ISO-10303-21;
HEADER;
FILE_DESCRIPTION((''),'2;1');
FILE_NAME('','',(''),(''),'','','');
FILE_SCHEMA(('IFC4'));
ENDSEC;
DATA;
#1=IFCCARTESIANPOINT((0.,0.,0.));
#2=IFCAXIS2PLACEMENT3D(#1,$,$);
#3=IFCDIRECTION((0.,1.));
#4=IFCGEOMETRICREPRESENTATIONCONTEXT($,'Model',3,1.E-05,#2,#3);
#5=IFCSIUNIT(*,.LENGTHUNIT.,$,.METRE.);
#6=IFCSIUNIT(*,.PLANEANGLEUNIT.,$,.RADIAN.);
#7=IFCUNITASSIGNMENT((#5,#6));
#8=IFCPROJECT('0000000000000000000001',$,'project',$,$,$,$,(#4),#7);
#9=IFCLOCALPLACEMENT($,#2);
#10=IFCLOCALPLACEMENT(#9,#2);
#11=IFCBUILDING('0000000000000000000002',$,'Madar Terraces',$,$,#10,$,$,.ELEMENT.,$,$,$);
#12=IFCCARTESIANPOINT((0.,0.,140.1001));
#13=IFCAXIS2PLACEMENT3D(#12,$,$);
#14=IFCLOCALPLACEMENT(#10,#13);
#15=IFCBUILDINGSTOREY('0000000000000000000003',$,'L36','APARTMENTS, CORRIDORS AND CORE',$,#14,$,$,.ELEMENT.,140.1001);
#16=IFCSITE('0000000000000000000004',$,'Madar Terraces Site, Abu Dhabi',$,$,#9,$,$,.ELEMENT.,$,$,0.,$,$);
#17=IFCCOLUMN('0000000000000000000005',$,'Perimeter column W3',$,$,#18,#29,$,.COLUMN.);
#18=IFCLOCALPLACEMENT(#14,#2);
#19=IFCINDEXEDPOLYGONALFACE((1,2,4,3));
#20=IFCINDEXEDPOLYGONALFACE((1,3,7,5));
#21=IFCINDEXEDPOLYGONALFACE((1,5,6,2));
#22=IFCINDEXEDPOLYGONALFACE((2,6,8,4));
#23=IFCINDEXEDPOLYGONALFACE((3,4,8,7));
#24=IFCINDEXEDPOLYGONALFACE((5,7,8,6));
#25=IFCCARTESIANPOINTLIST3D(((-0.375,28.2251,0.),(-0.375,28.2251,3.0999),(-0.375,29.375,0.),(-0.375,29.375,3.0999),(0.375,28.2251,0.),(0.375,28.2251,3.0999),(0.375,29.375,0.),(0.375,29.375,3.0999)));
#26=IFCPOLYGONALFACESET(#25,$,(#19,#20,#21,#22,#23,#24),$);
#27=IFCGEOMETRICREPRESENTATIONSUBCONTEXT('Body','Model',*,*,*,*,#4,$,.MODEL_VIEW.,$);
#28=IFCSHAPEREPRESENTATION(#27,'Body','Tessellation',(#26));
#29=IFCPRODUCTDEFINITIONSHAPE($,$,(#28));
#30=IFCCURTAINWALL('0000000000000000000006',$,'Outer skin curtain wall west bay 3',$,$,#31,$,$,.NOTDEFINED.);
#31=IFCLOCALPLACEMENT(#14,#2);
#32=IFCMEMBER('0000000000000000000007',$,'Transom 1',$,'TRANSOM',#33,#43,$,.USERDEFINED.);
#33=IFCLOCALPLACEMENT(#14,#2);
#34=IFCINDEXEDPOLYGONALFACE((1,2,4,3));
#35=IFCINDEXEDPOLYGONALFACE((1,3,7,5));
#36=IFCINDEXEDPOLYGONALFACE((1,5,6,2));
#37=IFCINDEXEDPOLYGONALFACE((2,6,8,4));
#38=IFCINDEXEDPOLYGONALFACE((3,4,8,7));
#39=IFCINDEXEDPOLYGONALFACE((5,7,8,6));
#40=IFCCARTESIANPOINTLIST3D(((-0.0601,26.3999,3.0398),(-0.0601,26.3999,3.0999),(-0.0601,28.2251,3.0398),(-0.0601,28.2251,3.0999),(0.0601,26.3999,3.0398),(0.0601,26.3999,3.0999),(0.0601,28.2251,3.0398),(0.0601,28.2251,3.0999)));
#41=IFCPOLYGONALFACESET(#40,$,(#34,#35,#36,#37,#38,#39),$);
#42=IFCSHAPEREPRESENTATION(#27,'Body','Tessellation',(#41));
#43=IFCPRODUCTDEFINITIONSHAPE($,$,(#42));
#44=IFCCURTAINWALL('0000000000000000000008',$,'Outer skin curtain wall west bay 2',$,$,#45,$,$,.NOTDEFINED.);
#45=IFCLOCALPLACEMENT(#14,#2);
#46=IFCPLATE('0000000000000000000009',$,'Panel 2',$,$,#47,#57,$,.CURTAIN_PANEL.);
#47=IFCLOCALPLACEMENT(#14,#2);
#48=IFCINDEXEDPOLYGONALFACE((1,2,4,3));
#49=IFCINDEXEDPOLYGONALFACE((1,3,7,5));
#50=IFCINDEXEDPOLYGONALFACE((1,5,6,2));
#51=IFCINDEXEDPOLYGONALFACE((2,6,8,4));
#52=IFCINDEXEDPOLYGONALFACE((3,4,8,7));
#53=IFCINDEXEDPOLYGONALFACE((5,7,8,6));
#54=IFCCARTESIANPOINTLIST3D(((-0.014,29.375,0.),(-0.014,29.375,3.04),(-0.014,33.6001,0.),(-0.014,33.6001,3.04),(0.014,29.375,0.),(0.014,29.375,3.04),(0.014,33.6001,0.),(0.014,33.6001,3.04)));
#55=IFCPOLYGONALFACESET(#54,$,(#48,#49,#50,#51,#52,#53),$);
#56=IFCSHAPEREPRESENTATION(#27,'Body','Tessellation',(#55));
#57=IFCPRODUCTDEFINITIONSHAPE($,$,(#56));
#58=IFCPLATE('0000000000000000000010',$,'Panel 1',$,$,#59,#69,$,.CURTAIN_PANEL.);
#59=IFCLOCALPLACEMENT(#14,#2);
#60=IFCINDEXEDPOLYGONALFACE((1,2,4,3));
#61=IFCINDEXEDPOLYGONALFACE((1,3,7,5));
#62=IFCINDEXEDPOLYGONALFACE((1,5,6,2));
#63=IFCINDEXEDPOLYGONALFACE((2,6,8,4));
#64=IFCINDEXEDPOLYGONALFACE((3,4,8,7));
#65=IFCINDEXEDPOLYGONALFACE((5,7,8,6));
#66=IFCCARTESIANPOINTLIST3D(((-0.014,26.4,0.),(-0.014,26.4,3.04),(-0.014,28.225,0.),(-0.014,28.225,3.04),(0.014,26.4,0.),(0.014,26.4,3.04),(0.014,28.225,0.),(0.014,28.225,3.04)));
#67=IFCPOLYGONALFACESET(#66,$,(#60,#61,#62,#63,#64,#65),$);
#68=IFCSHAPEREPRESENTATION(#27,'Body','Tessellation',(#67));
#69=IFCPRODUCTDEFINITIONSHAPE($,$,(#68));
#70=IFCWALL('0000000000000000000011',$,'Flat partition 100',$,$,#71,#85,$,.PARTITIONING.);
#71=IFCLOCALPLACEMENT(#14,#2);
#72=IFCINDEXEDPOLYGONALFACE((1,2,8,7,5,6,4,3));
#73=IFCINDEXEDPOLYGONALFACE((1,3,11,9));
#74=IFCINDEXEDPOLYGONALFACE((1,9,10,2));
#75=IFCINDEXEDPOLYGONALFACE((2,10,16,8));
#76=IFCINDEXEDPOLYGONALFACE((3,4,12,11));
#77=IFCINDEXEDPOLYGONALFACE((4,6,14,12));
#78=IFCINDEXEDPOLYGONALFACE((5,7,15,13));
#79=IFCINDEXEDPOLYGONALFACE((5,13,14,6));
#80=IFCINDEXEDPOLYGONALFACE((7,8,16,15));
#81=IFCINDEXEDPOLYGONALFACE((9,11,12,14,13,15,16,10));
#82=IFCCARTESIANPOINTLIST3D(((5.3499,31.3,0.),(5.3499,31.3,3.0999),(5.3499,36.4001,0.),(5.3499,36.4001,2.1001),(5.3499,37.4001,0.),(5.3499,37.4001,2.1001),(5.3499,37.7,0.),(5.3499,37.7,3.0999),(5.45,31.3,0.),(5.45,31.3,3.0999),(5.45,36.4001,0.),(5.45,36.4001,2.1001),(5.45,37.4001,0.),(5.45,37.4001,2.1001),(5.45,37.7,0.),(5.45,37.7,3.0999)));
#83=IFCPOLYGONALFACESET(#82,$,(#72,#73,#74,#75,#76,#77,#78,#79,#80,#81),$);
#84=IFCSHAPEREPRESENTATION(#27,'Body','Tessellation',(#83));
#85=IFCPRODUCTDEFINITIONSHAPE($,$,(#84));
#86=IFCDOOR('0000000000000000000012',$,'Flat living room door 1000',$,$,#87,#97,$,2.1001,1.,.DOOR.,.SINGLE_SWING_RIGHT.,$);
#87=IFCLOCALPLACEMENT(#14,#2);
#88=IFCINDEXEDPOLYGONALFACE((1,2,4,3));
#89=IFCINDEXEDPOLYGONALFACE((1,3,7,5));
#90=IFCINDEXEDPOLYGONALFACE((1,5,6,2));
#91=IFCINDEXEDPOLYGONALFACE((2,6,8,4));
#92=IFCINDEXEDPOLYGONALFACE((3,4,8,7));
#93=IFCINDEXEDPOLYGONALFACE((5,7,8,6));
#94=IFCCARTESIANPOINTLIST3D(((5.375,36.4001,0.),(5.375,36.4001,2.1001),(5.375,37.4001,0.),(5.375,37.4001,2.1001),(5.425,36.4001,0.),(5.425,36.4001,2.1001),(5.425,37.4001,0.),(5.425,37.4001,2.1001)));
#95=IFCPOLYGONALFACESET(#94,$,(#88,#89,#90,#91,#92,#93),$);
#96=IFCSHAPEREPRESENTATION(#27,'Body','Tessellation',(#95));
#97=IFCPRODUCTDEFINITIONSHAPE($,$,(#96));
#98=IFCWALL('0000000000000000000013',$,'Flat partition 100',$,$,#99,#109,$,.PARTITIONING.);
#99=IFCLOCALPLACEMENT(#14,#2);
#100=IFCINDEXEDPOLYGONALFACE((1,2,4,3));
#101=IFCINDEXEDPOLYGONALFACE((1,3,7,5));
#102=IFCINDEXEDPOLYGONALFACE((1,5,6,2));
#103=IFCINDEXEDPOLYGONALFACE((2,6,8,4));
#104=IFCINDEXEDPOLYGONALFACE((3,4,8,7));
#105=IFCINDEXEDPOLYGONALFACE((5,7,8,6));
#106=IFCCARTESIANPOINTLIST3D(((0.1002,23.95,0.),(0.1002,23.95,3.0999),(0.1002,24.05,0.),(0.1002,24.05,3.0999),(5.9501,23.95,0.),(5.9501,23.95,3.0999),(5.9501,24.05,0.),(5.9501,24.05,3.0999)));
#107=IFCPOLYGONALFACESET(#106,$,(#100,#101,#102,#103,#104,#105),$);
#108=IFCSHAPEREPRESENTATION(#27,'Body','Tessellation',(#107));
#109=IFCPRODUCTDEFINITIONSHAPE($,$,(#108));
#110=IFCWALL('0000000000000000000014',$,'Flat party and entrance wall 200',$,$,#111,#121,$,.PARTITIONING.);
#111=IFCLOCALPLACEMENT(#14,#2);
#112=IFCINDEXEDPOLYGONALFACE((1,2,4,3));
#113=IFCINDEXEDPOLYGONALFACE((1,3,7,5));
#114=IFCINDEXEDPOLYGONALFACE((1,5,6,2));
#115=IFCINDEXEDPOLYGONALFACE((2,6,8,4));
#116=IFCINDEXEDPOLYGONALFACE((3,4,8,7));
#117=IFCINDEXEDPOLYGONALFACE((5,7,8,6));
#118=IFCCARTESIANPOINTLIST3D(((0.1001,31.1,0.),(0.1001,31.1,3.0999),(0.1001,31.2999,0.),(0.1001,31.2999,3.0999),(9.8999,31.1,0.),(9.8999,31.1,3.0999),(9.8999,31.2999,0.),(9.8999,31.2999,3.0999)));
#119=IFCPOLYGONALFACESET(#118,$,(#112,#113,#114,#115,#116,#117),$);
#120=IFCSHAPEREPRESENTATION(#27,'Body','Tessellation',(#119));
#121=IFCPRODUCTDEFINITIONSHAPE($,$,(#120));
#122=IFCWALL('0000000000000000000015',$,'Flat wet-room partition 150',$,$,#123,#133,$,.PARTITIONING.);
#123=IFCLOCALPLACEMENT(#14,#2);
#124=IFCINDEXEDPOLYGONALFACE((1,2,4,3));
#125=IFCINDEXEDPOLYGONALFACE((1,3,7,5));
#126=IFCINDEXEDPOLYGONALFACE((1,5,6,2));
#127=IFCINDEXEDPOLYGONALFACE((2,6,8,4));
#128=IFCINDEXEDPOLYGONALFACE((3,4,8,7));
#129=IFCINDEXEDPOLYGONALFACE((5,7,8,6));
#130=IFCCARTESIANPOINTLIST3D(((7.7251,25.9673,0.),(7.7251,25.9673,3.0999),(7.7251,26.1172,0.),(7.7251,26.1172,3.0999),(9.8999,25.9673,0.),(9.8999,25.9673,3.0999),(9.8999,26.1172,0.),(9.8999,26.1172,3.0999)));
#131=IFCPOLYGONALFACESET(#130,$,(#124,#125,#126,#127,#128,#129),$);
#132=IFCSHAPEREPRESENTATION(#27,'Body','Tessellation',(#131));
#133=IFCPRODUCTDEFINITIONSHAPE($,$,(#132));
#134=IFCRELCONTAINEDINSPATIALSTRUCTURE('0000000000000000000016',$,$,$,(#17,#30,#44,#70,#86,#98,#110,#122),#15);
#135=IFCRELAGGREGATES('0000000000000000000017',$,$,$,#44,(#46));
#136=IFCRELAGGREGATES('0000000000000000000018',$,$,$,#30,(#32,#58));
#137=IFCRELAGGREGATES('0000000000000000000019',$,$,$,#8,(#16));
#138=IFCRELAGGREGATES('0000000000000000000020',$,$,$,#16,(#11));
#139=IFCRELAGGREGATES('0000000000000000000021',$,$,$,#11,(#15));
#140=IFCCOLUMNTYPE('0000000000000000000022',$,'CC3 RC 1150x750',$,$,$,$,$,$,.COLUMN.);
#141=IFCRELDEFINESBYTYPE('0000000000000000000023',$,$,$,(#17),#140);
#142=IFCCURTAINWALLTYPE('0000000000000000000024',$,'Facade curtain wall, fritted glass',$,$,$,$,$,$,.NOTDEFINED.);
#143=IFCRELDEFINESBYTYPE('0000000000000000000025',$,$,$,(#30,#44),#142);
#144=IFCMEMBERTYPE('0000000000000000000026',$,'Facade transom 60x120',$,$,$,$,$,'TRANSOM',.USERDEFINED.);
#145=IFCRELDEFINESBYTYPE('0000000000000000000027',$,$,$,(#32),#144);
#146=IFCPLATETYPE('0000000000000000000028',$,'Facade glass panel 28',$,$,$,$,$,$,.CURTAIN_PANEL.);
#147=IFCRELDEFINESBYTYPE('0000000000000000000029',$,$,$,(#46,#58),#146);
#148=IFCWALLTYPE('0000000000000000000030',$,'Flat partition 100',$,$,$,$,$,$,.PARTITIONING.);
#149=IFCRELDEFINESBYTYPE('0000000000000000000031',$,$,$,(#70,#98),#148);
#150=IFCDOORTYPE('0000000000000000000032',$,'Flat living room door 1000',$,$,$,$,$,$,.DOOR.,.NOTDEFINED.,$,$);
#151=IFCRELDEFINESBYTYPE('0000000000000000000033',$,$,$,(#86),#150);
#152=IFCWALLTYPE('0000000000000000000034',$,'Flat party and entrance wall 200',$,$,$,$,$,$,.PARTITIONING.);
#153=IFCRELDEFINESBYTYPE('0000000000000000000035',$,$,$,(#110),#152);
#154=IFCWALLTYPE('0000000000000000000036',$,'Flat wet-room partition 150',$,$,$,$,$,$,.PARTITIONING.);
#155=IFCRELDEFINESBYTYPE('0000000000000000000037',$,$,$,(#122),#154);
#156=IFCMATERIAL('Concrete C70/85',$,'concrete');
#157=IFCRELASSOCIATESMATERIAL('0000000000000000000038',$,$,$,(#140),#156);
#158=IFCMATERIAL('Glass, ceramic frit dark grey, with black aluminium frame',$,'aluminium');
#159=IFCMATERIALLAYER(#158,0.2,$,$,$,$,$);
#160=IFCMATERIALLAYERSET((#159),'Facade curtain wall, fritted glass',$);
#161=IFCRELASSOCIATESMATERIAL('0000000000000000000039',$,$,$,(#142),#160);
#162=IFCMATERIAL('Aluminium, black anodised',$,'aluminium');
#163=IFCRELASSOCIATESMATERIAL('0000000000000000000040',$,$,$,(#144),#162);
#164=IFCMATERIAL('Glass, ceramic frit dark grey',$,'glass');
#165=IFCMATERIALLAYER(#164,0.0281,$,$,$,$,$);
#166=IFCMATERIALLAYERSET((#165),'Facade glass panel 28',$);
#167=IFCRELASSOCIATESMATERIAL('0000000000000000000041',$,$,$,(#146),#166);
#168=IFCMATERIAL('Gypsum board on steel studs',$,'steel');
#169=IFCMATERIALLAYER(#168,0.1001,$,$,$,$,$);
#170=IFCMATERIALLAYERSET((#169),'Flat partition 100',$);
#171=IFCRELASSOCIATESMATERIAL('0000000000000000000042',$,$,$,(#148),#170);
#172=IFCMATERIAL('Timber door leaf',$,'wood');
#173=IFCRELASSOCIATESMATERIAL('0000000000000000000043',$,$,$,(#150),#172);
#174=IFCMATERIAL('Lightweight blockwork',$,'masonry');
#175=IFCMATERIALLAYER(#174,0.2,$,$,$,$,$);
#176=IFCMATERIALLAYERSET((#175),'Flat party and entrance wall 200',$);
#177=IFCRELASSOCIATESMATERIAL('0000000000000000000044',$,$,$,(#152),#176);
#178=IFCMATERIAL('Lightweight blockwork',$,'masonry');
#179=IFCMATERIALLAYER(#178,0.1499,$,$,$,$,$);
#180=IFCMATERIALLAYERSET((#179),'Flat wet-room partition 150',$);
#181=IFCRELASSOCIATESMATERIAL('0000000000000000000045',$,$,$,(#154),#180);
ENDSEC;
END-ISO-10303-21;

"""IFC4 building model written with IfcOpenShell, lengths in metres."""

from ifc_helpers import new_model, si_unit, direction, frame, frame_2d, origin, origin_2d, place, context, subcontext, project, spatial, rectangle, extrude, material, layer, layer_set, material_profile, profile_set, type_object, element, fill, aggregate, save


model = new_model("IFC4")

# Units and contexts
model_context = context("Model", 3, precision=1e-05, world=origin(), true_north=direction((0.0, 1.0)))
body_context = subcontext(model_context, "Body", "Model", "MODEL_VIEW")
ifc_project = project(units=[si_unit("LENGTHUNIT", "METRE"), si_unit("PLANEANGLEUNIT", "RADIAN")], contexts=[model_context])

# Site, building, storey
site_placement = place(None, origin())
site = spatial("IfcSite", under=ifc_project, at=site_placement, Name="Madar Terraces Site, Abu Dhabi", CompositionType="ELEMENT", RefElevation=0.0)
building_placement = place(site_placement, origin())
building = spatial("IfcBuilding", under=site, at=building_placement, Name="Madar Terraces", CompositionType="ELEMENT")
storey_placement = place(building_placement, frame((0.0, 0.0, 140.1001)))
storey = spatial("IfcBuildingStorey", under=building, at=storey_placement, Name="L36", Description="APARTMENTS, CORRIDORS AND CORE", CompositionType="ELEMENT", Elevation=140.1001)

# Column
ifc_material_1 = material(Name="Concrete C70/85", Category="concrete")
ifc_material_profile_1 = material_profile(ifc_material_1, rectangle(XDim=1.1499, YDim=0.75, at=origin_2d()), Name="CC3 RC 1150x750")
ifc_profile_set_1 = profile_set([ifc_material_profile_1], Name="Concrete C70/85")
column_type = type_object("IfcColumnType", Name="CC3 RC 1150x750", PredefinedType="COLUMN", material=ifc_profile_set_1)
column_placement = place(storey_placement, frame((0.0, 28.8, 0.0), z_axis=(0.0, 0.0, 1.0), x_axis=(0.0, 1.0, 0.0)))
element("IfcColumn", 1, at=column_placement, inside=storey, type_object=column_type, Name="Perimeter column W3", PredefinedType="COLUMN", context=body_context, shape_type="SweptSolid", body=[
    extrude(rectangle(XDim=1.1499, YDim=0.75, at=origin_2d()), origin(), (0.0, 0.0, 1.0), 3.0999),
])

# Curtain wall, member
ifc_material_2 = material(Name="Glass, ceramic frit dark grey, with black aluminium frame", Category="aluminium")
ifc_layer_1 = layer(ifc_material_2, 0.2)
ifc_layer_set_1 = layer_set([ifc_layer_1], Name="Facade curtain wall, fritted glass")
curtain_wall_type = type_object("IfcCurtainWallType", Name="Facade curtain wall, fritted glass", PredefinedType="NOTDEFINED", material=ifc_layer_set_1)
curtain_wall_1_placement = place(storey_placement, origin())
curtain_wall_1 = element("IfcCurtainWall", 2, at=curtain_wall_1_placement, inside=storey, type_object=curtain_wall_type, Name="Outer skin curtain wall west bay 3", PredefinedType="NOTDEFINED")
ifc_material_3 = material(Name="Aluminium, black anodised", Category="aluminium")
ifc_material_profile_2 = material_profile(ifc_material_3, rectangle(XDim=0.1201, YDim=0.0601, at=origin_2d()), Name="Facade transom 60x120")
ifc_profile_set_2 = profile_set([ifc_material_profile_2], Name="Aluminium, black anodised")
member_type = type_object("IfcMemberType", Name="Facade transom 60x120", ElementType="TRANSOM", PredefinedType="USERDEFINED", material=ifc_profile_set_2)
member_placement = place(storey_placement, frame((0.0, 28.2251, 3.0698), z_axis=(0.0, -1.0, 0.0), x_axis=(1.0, 0.0, 0.0)))
member = element("IfcMember", 3, at=member_placement, type_object=member_type, Name="Transom 1", ObjectType="TRANSOM", PredefinedType="USERDEFINED", context=body_context, shape_type="SweptSolid", body=[
    extrude(rectangle(XDim=0.1201, YDim=0.0601, at=origin_2d()), origin(), (0.0, 0.0, 1.0), 1.8252),
])

# Curtain wall, plate
curtain_wall_2_placement = place(storey_placement, origin())
curtain_wall_2 = element("IfcCurtainWall", 4, at=curtain_wall_2_placement, inside=storey, type_object=curtain_wall_type, Name="Outer skin curtain wall west bay 2", PredefinedType="NOTDEFINED")
ifc_material_4 = material(Name="Glass, ceramic frit dark grey", Category="glass")
ifc_layer_2 = layer(ifc_material_4, 0.0281)
ifc_layer_set_2 = layer_set([ifc_layer_2], Name="Facade glass panel 28")
plate_type = type_object("IfcPlateType", Name="Facade glass panel 28", PredefinedType="CURTAIN_PANEL", material=ifc_layer_set_2)
plate_1_placement = place(storey_placement, frame((0.0, 31.4875, 0.0), z_axis=(0.0, 0.0, 1.0), x_axis=(0.0, -1.0, 0.0)))
plate_1 = element("IfcPlate", 5, at=plate_1_placement, type_object=plate_type, Name="Panel 2", PredefinedType="CURTAIN_PANEL", context=body_context, shape_type="SweptSolid", body=[
    extrude(rectangle(XDim=4.2251, YDim=0.0281, at=origin_2d()), origin(), (0.0, 0.0, 1.0), 3.04),
])
aggregate(curtain_wall_2, [plate_1])

# Plate
plate_2_placement = place(storey_placement, frame((0.0, 27.3125, 0.0), z_axis=(0.0, 0.0, 1.0), x_axis=(0.0, -1.0, 0.0)))
plate_2 = element("IfcPlate", 6, at=plate_2_placement, type_object=plate_type, Name="Panel 1", PredefinedType="CURTAIN_PANEL", context=body_context, shape_type="SweptSolid", body=[
    extrude(rectangle(XDim=1.825, YDim=0.0281, at=origin_2d()), origin(), (0.0, 0.0, 1.0), 3.04),
])
aggregate(curtain_wall_1, [member, plate_2])

# Wall, opening, door
ifc_material_5 = material(Name="Gypsum board on steel studs", Category="steel")
ifc_layer_3 = layer(ifc_material_5, 0.1001)
ifc_layer_set_3 = layer_set([ifc_layer_3], Name="Flat partition 100")
wall_type_1 = type_object("IfcWallType", Name="Flat partition 100", PredefinedType="PARTITIONING", material=ifc_layer_set_3)
wall_1_placement = place(storey_placement, frame((5.3999, 31.3, 0.0), z_axis=(0.0, 0.0, 1.0), x_axis=(0.0, 1.0, 0.0)))
wall_1 = element("IfcWall", 7, at=wall_1_placement, inside=storey, type_object=wall_type_1, Name="Flat partition 100", PredefinedType="PARTITIONING", context=body_context, shape_type="SweptSolid", body=[
    extrude(rectangle(XDim=6.3999, YDim=0.1001, at=frame_2d((3.2, 0.0))), origin(), (0.0, 0.0, 1.0), 3.0999),
])
opening_1_placement = place(wall_1_placement, frame((5.1001, 0.0, 0.0)))
opening_1 = element("IfcOpeningElement", 8, at=opening_1_placement, cuts=wall_1, PredefinedType="OPENING", context=body_context, shape_type="SweptSolid", body=[
    extrude(rectangle(XDim=1.0, YDim=2.1001, at=frame_2d((0.5, 1.05))), frame((0.0, 0.0601, 0.0), z_axis=(0.0, -1.0, 0.0), x_axis=(1.0, 0.0, 0.0)), (0.0, 0.0, 1.0), 0.1201),
])
ifc_material_6 = material(Name="Timber door leaf", Category="wood")
door_type_1 = type_object("IfcDoorType", Name="Flat living room door 1000", OperationType="NOTDEFINED", PredefinedType="DOOR", material=ifc_material_6)
door_1_placement = place(opening_1_placement, origin())
door_1 = element("IfcDoor", 9, at=door_1_placement, inside=storey, type_object=door_type_1, Name="Flat living room door 1000", OperationType="SINGLE_SWING_RIGHT", OverallHeight=2.1001, OverallWidth=1.0, PredefinedType="DOOR", context=body_context, shape_type="SweptSolid", body=[
    extrude(rectangle(XDim=1.0, YDim=2.1001, at=frame_2d((0.5, 1.05))), frame((0.0, 0.0249, 0.0), z_axis=(0.0, -1.0, 0.0), x_axis=(1.0, 0.0, 0.0)), (0.0, 0.0, 1.0), 0.05),
])
fill(opening_1, door_1)

# Walls
wall_2_placement = place(storey_placement, frame((5.95, 24.0, 0.0), z_axis=(0.0, 0.0, 1.0), x_axis=(-1.0, 0.0, 0.0)))
element("IfcWall", 10, at=wall_2_placement, inside=storey, type_object=wall_type_1, Name="Flat partition 100", PredefinedType="PARTITIONING", context=body_context, shape_type="SweptSolid", body=[
    extrude(rectangle(XDim=5.8499, YDim=0.1001, at=frame_2d((2.9248, 0.0))), origin(), (0.0, 0.0, 1.0), 3.0999),
])
ifc_material_7 = material(Name="Lightweight blockwork", Category="masonry")
ifc_layer_4 = layer(ifc_material_7, 0.2)
ifc_layer_set_4 = layer_set([ifc_layer_4], Name="Flat party and entrance wall 200")
wall_type_2 = type_object("IfcWallType", Name="Flat party and entrance wall 200", PredefinedType="PARTITIONING", material=ifc_layer_set_4)
wall_3_placement = place(storey_placement, frame((0.1001, 31.2, 0.0), z_axis=(0.0, 0.0, 1.0), x_axis=(1.0, 0.0, 0.0)))
element("IfcWall", 11, at=wall_3_placement, inside=storey, type_object=wall_type_2, Name="Flat party and entrance wall 200", PredefinedType="PARTITIONING", context=body_context, shape_type="SweptSolid", body=[
    extrude(rectangle(XDim=9.7998, YDim=0.2, at=frame_2d((4.8999, 0.0))), origin(), (0.0, 0.0, 1.0), 3.0999),
])
ifc_material_8 = material(Name="Lightweight blockwork", Category="masonry")
ifc_layer_5 = layer(ifc_material_8, 0.1499)
ifc_layer_set_5 = layer_set([ifc_layer_5], Name="Flat wet-room partition 150")
wall_type_3 = type_object("IfcWallType", Name="Flat wet-room partition 150", PredefinedType="PARTITIONING", material=ifc_layer_set_5)
wall_4_placement = place(storey_placement, frame((9.8999, 26.0422, 0.0), z_axis=(0.0, 0.0, 1.0), x_axis=(-1.0, 0.0, 0.0)))
element("IfcWall", 12, at=wall_4_placement, inside=storey, type_object=wall_type_3, Name="Flat wet-room partition 150", PredefinedType="PARTITIONING", context=body_context, shape_type="SweptSolid", body=[
    extrude(rectangle(XDim=2.1748, YDim=0.1499, at=frame_2d((1.0874, 0.0))), origin(), (0.0, 0.0, 1.0), 3.0999),
])

save(model, "model.ifc")
